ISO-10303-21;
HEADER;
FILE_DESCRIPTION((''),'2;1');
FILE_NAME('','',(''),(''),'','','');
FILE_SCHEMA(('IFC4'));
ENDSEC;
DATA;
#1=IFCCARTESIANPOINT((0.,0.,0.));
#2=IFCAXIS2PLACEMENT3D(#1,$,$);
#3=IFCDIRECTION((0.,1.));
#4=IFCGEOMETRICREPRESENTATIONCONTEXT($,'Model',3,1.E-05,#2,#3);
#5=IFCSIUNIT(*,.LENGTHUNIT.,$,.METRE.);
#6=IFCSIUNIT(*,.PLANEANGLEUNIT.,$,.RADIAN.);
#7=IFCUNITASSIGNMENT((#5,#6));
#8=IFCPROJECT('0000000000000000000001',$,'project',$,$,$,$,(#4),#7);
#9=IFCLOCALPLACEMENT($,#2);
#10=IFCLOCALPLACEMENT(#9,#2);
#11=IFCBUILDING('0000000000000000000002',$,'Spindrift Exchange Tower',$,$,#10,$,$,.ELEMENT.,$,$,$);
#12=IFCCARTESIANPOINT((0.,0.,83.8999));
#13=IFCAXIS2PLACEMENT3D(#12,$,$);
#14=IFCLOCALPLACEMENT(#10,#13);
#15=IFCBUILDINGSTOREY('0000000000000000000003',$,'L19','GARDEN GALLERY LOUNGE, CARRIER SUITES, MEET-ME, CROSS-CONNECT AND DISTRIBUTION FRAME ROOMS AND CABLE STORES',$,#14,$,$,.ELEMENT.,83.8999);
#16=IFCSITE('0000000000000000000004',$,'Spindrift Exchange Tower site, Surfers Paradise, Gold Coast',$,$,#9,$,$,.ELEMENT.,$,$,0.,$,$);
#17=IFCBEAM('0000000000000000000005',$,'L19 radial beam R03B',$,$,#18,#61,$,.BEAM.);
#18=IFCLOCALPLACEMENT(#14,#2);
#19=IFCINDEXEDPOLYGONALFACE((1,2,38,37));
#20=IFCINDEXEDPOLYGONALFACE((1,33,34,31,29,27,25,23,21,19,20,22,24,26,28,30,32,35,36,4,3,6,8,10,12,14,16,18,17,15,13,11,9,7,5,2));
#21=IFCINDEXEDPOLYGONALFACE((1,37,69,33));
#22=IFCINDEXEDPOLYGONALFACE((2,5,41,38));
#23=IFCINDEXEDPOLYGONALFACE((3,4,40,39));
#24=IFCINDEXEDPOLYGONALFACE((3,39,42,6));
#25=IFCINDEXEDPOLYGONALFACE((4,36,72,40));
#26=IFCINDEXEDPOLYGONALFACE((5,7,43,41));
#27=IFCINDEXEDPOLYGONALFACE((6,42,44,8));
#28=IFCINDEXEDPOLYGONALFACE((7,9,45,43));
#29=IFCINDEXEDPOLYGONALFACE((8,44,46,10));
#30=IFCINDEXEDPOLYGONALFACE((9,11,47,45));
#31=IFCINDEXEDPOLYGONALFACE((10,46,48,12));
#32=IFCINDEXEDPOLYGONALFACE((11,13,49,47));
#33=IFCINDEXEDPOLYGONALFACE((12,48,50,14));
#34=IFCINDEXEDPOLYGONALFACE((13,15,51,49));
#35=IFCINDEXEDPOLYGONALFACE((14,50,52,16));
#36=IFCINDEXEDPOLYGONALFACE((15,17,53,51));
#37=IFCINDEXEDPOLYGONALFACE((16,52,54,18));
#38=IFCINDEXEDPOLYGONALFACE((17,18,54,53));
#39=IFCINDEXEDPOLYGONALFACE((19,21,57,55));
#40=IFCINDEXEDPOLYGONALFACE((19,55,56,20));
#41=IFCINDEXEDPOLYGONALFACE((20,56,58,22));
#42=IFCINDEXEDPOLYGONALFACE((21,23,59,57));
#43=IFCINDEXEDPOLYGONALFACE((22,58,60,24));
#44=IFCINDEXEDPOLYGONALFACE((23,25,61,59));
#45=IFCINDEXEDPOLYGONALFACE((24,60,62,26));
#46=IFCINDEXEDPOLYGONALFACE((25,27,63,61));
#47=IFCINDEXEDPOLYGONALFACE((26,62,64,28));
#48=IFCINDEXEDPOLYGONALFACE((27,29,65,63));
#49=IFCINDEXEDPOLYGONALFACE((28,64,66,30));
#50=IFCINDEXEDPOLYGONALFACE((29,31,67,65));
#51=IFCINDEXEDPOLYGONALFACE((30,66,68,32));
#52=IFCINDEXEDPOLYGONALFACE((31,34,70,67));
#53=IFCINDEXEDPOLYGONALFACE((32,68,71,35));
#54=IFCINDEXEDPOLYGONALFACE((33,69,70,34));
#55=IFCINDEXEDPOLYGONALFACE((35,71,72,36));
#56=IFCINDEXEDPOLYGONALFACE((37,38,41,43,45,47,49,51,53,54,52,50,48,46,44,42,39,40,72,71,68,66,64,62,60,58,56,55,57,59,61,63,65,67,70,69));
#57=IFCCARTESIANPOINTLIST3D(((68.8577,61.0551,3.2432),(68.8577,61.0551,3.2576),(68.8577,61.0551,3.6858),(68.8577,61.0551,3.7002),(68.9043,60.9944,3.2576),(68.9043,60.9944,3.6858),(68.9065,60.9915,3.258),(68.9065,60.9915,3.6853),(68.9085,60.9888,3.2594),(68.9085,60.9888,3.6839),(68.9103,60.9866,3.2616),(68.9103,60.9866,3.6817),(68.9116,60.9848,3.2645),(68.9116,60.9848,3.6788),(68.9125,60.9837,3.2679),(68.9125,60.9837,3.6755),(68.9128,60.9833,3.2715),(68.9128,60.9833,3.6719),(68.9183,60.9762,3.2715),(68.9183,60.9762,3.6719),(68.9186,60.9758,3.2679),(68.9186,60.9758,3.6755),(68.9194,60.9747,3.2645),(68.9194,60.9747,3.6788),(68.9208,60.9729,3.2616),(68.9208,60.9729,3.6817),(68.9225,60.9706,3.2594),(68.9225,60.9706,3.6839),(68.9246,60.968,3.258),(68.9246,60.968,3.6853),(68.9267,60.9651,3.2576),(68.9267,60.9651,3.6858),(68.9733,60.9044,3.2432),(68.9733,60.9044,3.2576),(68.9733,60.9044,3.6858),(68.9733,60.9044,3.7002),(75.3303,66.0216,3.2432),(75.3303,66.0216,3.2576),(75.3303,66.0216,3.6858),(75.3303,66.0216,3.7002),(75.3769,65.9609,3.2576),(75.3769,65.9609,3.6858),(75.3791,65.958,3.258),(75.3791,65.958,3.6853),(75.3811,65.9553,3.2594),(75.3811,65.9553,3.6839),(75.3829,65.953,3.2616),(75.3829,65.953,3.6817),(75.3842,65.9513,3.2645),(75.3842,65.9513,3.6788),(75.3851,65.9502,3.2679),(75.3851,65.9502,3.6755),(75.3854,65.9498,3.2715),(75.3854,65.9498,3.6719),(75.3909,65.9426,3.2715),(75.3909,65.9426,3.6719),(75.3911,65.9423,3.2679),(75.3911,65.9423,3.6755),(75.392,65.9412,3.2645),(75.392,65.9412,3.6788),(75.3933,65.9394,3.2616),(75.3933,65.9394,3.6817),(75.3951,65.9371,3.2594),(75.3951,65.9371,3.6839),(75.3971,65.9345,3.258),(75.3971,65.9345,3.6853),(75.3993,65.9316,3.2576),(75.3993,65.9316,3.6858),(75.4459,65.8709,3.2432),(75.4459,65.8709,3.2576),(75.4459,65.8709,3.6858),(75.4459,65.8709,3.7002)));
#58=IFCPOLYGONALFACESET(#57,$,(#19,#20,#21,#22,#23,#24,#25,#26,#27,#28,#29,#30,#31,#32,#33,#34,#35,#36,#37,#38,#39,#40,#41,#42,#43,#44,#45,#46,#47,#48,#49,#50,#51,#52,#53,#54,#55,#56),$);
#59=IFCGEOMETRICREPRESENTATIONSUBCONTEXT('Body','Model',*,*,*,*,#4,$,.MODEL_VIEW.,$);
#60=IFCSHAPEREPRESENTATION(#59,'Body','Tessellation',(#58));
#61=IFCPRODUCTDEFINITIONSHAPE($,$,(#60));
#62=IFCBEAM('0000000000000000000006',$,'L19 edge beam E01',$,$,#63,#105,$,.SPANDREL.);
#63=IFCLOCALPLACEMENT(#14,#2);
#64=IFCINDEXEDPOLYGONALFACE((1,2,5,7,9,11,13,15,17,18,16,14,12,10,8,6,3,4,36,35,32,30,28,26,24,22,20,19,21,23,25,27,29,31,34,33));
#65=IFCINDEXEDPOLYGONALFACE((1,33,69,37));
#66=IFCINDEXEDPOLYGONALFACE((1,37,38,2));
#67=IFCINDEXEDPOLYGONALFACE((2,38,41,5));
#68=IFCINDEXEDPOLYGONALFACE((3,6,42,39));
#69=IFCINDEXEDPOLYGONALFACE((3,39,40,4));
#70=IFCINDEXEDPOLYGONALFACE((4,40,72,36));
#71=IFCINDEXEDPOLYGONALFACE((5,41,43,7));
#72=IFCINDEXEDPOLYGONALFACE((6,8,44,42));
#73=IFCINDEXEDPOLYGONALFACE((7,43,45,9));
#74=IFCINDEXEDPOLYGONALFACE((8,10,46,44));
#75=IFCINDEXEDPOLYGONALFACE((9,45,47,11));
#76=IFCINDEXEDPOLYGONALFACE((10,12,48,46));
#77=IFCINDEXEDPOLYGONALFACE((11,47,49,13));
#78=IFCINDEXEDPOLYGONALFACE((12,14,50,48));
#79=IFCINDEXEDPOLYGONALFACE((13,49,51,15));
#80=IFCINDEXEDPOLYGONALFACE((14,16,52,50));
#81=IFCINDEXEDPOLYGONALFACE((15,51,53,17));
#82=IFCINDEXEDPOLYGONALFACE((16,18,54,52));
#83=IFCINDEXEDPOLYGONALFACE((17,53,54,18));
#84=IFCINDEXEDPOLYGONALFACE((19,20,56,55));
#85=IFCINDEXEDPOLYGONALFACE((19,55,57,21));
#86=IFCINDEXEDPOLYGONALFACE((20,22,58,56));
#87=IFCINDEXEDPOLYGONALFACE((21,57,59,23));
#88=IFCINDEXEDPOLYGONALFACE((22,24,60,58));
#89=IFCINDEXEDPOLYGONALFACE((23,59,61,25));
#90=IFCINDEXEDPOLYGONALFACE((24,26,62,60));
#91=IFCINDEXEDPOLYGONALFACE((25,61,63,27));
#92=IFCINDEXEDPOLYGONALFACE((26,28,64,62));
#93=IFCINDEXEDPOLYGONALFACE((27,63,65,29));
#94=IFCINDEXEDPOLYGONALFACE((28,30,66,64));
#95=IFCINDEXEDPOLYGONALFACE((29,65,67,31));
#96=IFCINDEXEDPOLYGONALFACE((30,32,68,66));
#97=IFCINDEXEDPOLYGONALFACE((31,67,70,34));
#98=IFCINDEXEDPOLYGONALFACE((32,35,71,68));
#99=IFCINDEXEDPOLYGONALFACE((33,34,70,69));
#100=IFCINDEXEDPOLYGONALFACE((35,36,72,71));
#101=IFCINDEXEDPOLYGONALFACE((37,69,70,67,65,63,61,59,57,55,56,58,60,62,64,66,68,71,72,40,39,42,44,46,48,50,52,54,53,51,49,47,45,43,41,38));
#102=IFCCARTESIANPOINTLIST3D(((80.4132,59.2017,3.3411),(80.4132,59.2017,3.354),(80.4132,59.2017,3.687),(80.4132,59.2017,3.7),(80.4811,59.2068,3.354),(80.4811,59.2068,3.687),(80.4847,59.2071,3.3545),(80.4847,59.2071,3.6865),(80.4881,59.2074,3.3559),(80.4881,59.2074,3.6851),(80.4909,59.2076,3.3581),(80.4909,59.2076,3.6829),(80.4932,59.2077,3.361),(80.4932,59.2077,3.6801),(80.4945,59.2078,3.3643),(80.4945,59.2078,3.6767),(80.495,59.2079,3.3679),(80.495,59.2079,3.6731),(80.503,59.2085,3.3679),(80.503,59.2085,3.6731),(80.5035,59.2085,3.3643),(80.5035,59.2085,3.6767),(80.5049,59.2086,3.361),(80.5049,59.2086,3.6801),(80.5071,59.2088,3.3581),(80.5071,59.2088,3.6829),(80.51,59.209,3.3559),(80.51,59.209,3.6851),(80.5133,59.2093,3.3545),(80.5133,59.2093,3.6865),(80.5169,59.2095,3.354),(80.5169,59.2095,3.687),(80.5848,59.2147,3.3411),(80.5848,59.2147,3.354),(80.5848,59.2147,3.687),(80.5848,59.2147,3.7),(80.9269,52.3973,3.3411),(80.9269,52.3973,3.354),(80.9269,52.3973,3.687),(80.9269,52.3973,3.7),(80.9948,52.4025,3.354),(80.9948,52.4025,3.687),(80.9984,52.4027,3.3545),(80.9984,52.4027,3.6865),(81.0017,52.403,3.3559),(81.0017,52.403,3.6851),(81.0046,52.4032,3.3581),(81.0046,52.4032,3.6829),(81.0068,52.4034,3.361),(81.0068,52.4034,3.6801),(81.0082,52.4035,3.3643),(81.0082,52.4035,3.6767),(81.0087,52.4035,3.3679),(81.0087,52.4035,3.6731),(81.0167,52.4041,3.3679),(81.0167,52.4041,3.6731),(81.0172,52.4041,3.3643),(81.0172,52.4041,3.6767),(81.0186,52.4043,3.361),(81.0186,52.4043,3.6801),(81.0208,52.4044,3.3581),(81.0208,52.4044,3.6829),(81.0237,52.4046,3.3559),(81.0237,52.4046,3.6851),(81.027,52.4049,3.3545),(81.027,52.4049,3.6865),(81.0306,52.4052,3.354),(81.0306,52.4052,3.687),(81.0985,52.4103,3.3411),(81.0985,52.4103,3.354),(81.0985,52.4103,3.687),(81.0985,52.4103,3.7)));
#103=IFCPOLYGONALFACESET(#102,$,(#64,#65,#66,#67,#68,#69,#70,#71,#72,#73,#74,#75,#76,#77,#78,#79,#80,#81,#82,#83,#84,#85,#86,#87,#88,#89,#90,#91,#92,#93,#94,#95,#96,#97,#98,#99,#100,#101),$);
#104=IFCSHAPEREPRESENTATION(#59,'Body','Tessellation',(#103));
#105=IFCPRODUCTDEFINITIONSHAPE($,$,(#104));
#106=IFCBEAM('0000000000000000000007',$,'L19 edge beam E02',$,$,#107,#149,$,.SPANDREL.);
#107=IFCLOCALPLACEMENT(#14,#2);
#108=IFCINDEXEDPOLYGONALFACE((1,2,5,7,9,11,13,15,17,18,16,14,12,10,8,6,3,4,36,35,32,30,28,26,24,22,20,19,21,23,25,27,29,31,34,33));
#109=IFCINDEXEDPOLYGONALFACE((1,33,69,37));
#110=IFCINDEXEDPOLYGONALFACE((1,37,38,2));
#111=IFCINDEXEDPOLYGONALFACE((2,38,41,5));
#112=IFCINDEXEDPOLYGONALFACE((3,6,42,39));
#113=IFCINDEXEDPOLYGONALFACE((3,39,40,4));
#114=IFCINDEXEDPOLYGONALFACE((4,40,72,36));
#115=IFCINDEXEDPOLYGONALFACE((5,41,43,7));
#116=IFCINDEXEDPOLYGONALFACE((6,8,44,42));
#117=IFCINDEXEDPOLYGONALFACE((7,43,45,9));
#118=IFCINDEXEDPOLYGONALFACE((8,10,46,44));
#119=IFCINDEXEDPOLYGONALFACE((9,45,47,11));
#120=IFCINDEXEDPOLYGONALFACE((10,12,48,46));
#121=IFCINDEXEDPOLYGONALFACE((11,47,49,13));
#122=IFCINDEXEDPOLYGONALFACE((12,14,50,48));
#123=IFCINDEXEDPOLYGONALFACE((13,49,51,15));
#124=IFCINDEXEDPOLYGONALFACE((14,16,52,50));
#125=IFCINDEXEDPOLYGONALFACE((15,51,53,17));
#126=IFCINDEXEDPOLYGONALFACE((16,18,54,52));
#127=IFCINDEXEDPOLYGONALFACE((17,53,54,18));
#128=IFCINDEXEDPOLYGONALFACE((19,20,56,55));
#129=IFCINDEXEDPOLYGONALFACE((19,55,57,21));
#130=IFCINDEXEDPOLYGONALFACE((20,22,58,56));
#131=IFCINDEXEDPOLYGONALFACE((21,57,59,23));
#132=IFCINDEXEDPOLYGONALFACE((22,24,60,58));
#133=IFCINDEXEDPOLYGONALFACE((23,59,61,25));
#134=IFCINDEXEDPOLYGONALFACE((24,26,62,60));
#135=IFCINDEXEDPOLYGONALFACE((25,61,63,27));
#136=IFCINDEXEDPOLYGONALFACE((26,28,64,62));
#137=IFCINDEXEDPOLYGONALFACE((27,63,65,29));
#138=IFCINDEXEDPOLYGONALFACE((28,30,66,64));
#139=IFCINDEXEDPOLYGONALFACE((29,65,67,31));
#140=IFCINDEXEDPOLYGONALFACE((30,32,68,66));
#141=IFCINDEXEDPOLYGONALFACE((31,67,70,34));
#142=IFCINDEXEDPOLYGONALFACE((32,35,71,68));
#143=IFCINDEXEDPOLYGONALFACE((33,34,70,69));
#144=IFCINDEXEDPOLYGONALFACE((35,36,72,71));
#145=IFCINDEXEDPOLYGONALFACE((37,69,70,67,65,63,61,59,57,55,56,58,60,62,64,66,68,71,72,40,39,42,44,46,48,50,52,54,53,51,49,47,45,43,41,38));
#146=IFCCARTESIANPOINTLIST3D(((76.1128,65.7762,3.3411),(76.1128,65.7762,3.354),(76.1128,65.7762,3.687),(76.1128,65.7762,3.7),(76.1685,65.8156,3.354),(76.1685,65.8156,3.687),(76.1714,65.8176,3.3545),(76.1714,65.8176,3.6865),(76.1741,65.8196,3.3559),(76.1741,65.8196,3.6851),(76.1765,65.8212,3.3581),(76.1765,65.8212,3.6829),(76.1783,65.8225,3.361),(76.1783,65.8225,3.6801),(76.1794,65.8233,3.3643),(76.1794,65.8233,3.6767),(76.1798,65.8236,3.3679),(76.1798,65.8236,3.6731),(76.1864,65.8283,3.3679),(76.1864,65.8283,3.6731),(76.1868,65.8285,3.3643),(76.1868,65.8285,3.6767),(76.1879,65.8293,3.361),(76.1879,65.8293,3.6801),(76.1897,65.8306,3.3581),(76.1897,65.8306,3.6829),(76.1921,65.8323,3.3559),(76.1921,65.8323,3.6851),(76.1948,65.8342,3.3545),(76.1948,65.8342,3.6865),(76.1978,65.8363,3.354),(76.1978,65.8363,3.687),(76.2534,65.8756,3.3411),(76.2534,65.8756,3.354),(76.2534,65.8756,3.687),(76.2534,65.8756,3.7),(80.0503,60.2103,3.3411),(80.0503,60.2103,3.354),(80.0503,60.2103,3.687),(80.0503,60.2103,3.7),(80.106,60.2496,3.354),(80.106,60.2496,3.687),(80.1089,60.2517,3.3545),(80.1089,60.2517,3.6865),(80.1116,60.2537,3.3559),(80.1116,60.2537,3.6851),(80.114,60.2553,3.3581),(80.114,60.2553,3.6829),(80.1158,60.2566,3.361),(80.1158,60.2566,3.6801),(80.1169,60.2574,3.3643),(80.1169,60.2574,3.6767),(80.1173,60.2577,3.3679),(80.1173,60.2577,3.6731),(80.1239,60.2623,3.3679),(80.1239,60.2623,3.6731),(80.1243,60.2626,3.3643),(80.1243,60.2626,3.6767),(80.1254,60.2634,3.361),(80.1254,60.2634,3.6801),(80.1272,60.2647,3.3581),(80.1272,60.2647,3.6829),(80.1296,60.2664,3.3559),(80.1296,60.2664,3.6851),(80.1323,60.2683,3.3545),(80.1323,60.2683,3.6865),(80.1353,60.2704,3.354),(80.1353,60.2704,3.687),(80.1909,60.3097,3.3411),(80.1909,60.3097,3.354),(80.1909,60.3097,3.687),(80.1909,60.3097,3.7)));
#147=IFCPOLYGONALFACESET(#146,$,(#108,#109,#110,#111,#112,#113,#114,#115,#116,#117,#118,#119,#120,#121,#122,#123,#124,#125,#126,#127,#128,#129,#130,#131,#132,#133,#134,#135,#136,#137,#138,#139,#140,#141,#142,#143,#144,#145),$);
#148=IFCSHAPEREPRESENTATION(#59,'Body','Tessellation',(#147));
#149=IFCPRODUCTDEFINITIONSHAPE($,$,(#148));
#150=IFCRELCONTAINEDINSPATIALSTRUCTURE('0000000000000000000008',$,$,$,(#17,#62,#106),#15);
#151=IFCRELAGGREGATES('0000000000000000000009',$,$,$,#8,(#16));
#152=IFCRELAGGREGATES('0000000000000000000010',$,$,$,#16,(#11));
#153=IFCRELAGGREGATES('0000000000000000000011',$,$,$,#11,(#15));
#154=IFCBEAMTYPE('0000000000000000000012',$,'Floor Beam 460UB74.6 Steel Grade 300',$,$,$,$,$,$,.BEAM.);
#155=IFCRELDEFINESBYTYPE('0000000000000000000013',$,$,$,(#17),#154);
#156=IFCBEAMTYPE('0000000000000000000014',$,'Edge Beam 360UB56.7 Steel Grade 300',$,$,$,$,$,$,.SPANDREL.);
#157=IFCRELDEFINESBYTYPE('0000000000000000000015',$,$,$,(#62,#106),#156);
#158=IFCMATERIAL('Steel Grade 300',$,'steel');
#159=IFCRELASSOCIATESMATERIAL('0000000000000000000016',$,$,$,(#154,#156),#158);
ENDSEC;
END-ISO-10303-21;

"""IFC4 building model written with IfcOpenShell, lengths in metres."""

from ifc_helpers import new_model, si_unit, direction, frame, origin, origin_2d, place, context, subcontext, project, spatial, i_section, extrude, source, transform, mapped, material, material_profile, profile_set, type_object, element, save


model = new_model("IFC4")

# Units and contexts
model_context = context("Model", 3, precision=1e-05, world=origin(), true_north=direction((0.0, 1.0)))
body_context = subcontext(model_context, "Body", "Model", "MODEL_VIEW")
ifc_project = project(units=[si_unit("LENGTHUNIT", "METRE"), si_unit("PLANEANGLEUNIT", "RADIAN")], contexts=[model_context])

# Site, building, storey
site_placement = place(None, origin())
site = spatial("IfcSite", under=ifc_project, at=site_placement, Name="Spindrift Exchange Tower site, Surfers Paradise, Gold Coast", CompositionType="ELEMENT", RefElevation=0.0)
building_placement = place(site_placement, origin())
building = spatial("IfcBuilding", under=site, at=building_placement, Name="Spindrift Exchange Tower", CompositionType="ELEMENT")
storey_placement = place(building_placement, frame((0.0, 0.0, 83.8999)))
storey = spatial("IfcBuildingStorey", under=building, at=storey_placement, Name="L19", Description="GARDEN GALLERY LOUNGE, CARRIER SUITES, MEET-ME, CROSS-CONNECT AND DISTRIBUTION FRAME ROOMS AND CABLE STORES", CompositionType="ELEMENT", Elevation=83.8999)

# Beams
ifc_material_1 = material(Name="Steel Grade 300", Category="steel")
ifc_material_profile_1 = material_profile(ifc_material_1, i_section(OverallWidth=0.1899, OverallDepth=0.457, WebThickness=0.009, FlangeThickness=0.0144, FilletRadius=0.0139, at=origin_2d()), Name="460UB74.6")
ifc_profile_set_1 = profile_set([ifc_material_profile_1], Name="Steel Grade 300")
beam_type_1 = type_object("IfcBeamType", Name="Floor Beam 460UB74.6 Steel Grade 300", PredefinedType="BEAM", material=ifc_profile_set_1)
shared_shape_1 = source(origin(), body_context, "Body", "SweptSolid", [
    extrude(i_section(OverallWidth=0.1899, OverallDepth=0.457, WebThickness=0.009, FlangeThickness=0.0144, FilletRadius=0.0139, at=origin_2d()), origin(), (0.0, 0.0, 1.0), 8.1584),
])
beam_1_placement = place(storey_placement, frame((68.9155, 60.9797, 3.4717), z_axis=(0.793359, 0.608754, 0.0), x_axis=(-0.608754, 0.793359, 0.0)))
element("IfcBeam", 1, at=beam_1_placement, inside=storey, type_object=beam_type_1, Name="L19 radial beam R03B", PredefinedType="BEAM", context=body_context, shape_type="MappedRepresentation", body=[
    mapped(shared_shape_1, transform((0.0, 0.0, 0.0), scale=1.0)),
])
ifc_material_profile_2 = material_profile(ifc_material_1, i_section(OverallWidth=0.1721, OverallDepth=0.3589, WebThickness=0.0081, FlangeThickness=0.0129, FilletRadius=0.0139, at=origin_2d()), Name="360UB56.7")
ifc_profile_set_2 = profile_set([ifc_material_profile_2], Name="Steel Grade 300")
beam_type_2 = type_object("IfcBeamType", Name="Edge Beam 360UB56.7 Steel Grade 300", PredefinedType="SPANDREL", material=ifc_profile_set_2)
shared_shape_2 = source(origin(), body_context, "Body", "SweptSolid", [
    extrude(i_section(OverallWidth=0.1721, OverallDepth=0.3589, WebThickness=0.0081, FlangeThickness=0.0129, FilletRadius=0.0139, at=origin_2d()), origin(), (0.0, 0.0, 1.0), 6.8237),
])
beam_2_placement = place(storey_placement, frame((81.0127, 52.4038, 3.5205), z_axis=(-0.075276, 0.997163, 0.0), x_axis=(-0.997163, -0.075276, 0.0)))
element("IfcBeam", 2, at=beam_2_placement, inside=storey, type_object=beam_type_2, Name="L19 edge beam E01", PredefinedType="SPANDREL", context=body_context, shape_type="MappedRepresentation", body=[
    mapped(shared_shape_2, transform((0.0, 0.0, 0.0), scale=1.0)),
])
shared_shape_3 = source(origin(), body_context, "Body", "SweptSolid", [
    extrude(i_section(OverallWidth=0.1721, OverallDepth=0.3589, WebThickness=0.0081, FlangeThickness=0.0129, FilletRadius=0.0139, at=origin_2d()), origin(), (0.0, 0.0, 1.0), 6.8179),
])
beam_3_placement = place(storey_placement, frame((80.1206, 60.26, 3.5205), z_axis=(-0.577526, 0.816372, 0.0), x_axis=(-0.816372, -0.577526, 0.0)))
element("IfcBeam", 3, at=beam_3_placement, inside=storey, type_object=beam_type_2, Name="L19 edge beam E02", PredefinedType="SPANDREL", context=body_context, shape_type="MappedRepresentation", body=[
    mapped(shared_shape_3, transform((0.0, 0.0, 0.0), scale=1.0)),
])

save(model, "model.ifc")
